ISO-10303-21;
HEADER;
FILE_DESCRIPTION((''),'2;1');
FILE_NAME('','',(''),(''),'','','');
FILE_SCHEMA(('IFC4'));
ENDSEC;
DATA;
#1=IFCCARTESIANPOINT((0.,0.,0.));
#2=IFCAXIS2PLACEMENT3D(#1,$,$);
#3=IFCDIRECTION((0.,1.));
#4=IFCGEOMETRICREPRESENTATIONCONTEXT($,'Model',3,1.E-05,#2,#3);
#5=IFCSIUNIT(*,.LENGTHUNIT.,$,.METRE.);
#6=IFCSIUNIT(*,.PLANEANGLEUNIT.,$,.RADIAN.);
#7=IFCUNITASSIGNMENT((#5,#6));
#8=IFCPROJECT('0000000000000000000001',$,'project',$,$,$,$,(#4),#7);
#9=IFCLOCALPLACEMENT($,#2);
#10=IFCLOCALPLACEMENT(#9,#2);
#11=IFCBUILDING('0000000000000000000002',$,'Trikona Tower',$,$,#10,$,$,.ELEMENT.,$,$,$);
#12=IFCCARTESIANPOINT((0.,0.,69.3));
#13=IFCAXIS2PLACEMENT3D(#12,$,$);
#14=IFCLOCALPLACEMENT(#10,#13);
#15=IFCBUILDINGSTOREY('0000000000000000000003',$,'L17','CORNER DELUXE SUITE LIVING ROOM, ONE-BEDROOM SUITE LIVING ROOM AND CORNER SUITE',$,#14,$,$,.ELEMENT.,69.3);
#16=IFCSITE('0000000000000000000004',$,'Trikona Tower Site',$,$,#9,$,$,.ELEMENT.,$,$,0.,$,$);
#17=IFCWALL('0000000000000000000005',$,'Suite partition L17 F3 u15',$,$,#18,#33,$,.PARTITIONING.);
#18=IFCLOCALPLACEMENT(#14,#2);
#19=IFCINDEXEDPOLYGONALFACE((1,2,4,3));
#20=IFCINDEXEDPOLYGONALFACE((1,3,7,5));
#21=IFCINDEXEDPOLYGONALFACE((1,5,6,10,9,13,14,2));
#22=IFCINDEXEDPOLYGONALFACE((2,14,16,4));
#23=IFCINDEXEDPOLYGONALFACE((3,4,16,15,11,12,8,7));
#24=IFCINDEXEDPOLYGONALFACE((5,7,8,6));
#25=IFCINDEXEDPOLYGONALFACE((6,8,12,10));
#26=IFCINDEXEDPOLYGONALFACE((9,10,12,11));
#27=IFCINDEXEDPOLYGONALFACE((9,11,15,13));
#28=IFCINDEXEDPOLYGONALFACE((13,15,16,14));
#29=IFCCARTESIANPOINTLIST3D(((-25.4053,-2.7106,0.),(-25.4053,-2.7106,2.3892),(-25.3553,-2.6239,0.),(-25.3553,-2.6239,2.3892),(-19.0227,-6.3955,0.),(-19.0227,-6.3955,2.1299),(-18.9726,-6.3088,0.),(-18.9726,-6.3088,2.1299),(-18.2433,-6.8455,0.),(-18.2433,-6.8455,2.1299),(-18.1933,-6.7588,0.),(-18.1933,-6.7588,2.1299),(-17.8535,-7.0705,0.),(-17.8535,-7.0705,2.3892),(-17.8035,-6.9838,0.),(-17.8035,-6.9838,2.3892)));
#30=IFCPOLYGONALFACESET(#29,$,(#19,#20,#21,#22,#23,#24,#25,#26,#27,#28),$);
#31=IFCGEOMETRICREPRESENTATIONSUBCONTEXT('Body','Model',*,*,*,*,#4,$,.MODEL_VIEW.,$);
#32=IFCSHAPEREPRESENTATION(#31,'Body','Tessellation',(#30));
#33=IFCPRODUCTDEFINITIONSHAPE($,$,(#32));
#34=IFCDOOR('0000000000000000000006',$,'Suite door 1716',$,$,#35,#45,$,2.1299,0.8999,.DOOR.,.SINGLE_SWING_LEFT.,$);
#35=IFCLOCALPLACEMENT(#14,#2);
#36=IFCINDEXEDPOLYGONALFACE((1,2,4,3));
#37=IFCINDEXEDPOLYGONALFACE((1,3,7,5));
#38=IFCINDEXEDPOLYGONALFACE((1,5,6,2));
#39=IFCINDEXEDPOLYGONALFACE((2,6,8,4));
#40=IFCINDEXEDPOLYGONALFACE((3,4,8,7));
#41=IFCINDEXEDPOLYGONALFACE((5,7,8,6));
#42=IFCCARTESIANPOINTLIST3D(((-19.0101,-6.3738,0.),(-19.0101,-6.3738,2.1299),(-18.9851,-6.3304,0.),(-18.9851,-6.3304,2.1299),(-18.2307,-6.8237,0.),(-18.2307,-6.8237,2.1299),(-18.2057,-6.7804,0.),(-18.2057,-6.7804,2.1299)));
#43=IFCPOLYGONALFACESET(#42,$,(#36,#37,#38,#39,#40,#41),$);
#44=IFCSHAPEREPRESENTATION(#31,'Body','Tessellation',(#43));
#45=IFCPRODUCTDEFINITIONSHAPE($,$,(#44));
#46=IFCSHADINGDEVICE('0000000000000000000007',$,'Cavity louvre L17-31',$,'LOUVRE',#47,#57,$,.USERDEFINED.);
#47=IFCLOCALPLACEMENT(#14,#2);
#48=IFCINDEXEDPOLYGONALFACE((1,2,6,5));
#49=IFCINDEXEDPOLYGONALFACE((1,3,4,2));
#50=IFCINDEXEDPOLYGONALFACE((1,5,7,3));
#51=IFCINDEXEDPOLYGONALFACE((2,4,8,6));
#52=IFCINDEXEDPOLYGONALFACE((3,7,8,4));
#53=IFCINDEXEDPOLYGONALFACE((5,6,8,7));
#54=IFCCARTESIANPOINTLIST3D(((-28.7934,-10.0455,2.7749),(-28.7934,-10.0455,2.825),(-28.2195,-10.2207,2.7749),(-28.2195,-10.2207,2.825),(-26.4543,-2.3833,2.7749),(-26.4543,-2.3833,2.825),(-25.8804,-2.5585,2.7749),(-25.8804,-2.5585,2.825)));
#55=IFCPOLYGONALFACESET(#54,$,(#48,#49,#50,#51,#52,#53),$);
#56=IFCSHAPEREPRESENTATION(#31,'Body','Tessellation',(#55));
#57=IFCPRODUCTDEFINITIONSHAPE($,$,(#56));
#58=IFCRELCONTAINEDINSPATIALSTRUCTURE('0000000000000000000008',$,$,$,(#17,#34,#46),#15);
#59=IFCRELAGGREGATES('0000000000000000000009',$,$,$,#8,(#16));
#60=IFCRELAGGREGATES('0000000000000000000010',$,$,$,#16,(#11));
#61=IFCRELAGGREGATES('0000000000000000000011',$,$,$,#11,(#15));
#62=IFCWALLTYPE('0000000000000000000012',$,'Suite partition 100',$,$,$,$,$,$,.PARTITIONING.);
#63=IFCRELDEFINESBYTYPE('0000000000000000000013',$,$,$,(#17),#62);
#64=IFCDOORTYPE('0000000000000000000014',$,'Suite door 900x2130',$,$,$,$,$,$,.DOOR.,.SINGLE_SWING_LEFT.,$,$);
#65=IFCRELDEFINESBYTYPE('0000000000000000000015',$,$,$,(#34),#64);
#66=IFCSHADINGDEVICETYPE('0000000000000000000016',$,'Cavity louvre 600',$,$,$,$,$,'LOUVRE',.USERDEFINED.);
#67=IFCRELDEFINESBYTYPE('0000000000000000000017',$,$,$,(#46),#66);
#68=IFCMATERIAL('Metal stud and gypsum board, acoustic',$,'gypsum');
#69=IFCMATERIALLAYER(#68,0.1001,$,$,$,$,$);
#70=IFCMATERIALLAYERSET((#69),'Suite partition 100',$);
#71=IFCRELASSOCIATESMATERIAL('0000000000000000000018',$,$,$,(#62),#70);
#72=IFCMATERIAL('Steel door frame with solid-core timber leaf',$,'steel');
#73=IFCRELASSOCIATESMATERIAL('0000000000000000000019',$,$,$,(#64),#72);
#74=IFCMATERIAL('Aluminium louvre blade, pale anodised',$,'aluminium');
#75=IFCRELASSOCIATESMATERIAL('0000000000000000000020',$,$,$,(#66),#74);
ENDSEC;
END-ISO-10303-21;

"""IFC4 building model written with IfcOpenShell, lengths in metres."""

from ifc_helpers import new_model, si_unit, direction, frame, frame_2d, origin, origin_2d, place, context, subcontext, project, spatial, rectangle, extrude, material, layer, layer_set, type_object, element, fill, save


model = new_model("IFC4")

# Units and contexts
model_context = context("Model", 3, precision=1e-05, world=origin(), true_north=direction((0.0, 1.0)))
body_context = subcontext(model_context, "Body", "Model", "MODEL_VIEW")
ifc_project = project(units=[si_unit("LENGTHUNIT", "METRE"), si_unit("PLANEANGLEUNIT", "RADIAN")], contexts=[model_context])

# Site, building, storey
site_placement = place(None, origin())
site = spatial("IfcSite", under=ifc_project, at=site_placement, Name="Trikona Tower Site", CompositionType="ELEMENT", RefElevation=0.0)
building_placement = place(site_placement, origin())
building = spatial("IfcBuilding", under=site, at=building_placement, Name="Trikona Tower", CompositionType="ELEMENT")
storey_placement = place(building_placement, frame((0.0, 0.0, 69.3)))
storey = spatial("IfcBuildingStorey", under=building, at=storey_placement, Name="L17", Description="CORNER DELUXE SUITE LIVING ROOM, ONE-BEDROOM SUITE LIVING ROOM AND CORNER SUITE", CompositionType="ELEMENT", Elevation=69.3)

# Wall, opening, door
ifc_material_1 = material(Name="Metal stud and gypsum board, acoustic", Category="gypsum")
ifc_layer_1 = layer(ifc_material_1, 0.1001)
ifc_layer_set_1 = layer_set([ifc_layer_1], Name="Suite partition 100")
wall_type_1 = type_object("IfcWallType", Name="Suite partition 100", PredefinedType="PARTITIONING", material=ifc_layer_set_1)
wall_1_placement = place(storey_placement, frame((-17.8286, -7.0271, 0.0), z_axis=(0.0, 0.0, 1.0), x_axis=(-0.866033, 0.499987, 0.0)))
wall_1 = element("IfcWall", 1, at=wall_1_placement, inside=storey, type_object=wall_type_1, Name="Suite partition L17 F3 u15", PredefinedType="PARTITIONING", context=body_context, shape_type="SweptSolid", body=[
    extrude(rectangle(XDim=8.72, YDim=0.1001, at=frame_2d((4.3599, 0.0))), origin(), (0.0, 0.0, 1.0), 2.3892),
])
opening_1_placement = place(wall_1_placement, frame((0.45, 0.0, 0.0)))
opening_1 = element("IfcOpeningElement", 2, at=opening_1_placement, cuts=wall_1, PredefinedType="OPENING", context=body_context, shape_type="SweptSolid", body=[
    extrude(rectangle(XDim=0.8999, YDim=2.1299, at=frame_2d((0.45, 1.0649))), frame((0.0, 0.0601, 0.0), z_axis=(0.0, -1.0, 0.0), x_axis=(1.0, 0.0, 0.0)), (0.0, 0.0, 1.0), 0.1201),
])
ifc_material_2 = material(Name="Steel door frame with solid-core timber leaf", Category="steel")
door_type_1 = type_object("IfcDoorType", Name="Suite door 900x2130", OperationType="SINGLE_SWING_LEFT", PredefinedType="DOOR", material=ifc_material_2)
door_1_placement = place(opening_1_placement, origin())
door_1 = element("IfcDoor", 3, at=door_1_placement, inside=storey, type_object=door_type_1, Name="Suite door 1716", OperationType="SINGLE_SWING_LEFT", OverallHeight=2.1299, OverallWidth=0.8999, PredefinedType="DOOR", context=body_context, shape_type="SweptSolid", body=[
    extrude(rectangle(XDim=0.8999, YDim=2.1299, at=frame_2d((0.45, 1.0649))), frame((0.0, 0.0249, 0.0), z_axis=(0.0, -1.0, 0.0), x_axis=(1.0, 0.0, 0.0)), (0.0, 0.0, 1.0), 0.05),
])
fill(opening_1, door_1)

# Shading device
ifc_material_3 = material(Name="Aluminium louvre blade, pale anodised", Category="aluminium")
shading_device_type = type_object("IfcShadingDeviceType", Name="Cavity louvre 600", ElementType="LOUVRE", PredefinedType="USERDEFINED", material=ifc_material_3)
shading_device_placement = place(storey_placement, frame((-27.3369, -6.302, 2.7749), z_axis=(0.0, 0.0, 1.0), x_axis=(-0.291979, -0.956425, 0.0)))
element("IfcShadingDevice", 4, at=shading_device_placement, inside=storey, type_object=shading_device_type, Name="Cavity louvre L17-31", ObjectType="LOUVRE", PredefinedType="USERDEFINED", context=body_context, shape_type="SweptSolid", body=[
    extrude(rectangle(XDim=8.0112, YDim=0.6001, at=origin_2d()), origin(), (0.0, 0.0, 1.0), 0.05),
])

save(model, "model.ifc")
